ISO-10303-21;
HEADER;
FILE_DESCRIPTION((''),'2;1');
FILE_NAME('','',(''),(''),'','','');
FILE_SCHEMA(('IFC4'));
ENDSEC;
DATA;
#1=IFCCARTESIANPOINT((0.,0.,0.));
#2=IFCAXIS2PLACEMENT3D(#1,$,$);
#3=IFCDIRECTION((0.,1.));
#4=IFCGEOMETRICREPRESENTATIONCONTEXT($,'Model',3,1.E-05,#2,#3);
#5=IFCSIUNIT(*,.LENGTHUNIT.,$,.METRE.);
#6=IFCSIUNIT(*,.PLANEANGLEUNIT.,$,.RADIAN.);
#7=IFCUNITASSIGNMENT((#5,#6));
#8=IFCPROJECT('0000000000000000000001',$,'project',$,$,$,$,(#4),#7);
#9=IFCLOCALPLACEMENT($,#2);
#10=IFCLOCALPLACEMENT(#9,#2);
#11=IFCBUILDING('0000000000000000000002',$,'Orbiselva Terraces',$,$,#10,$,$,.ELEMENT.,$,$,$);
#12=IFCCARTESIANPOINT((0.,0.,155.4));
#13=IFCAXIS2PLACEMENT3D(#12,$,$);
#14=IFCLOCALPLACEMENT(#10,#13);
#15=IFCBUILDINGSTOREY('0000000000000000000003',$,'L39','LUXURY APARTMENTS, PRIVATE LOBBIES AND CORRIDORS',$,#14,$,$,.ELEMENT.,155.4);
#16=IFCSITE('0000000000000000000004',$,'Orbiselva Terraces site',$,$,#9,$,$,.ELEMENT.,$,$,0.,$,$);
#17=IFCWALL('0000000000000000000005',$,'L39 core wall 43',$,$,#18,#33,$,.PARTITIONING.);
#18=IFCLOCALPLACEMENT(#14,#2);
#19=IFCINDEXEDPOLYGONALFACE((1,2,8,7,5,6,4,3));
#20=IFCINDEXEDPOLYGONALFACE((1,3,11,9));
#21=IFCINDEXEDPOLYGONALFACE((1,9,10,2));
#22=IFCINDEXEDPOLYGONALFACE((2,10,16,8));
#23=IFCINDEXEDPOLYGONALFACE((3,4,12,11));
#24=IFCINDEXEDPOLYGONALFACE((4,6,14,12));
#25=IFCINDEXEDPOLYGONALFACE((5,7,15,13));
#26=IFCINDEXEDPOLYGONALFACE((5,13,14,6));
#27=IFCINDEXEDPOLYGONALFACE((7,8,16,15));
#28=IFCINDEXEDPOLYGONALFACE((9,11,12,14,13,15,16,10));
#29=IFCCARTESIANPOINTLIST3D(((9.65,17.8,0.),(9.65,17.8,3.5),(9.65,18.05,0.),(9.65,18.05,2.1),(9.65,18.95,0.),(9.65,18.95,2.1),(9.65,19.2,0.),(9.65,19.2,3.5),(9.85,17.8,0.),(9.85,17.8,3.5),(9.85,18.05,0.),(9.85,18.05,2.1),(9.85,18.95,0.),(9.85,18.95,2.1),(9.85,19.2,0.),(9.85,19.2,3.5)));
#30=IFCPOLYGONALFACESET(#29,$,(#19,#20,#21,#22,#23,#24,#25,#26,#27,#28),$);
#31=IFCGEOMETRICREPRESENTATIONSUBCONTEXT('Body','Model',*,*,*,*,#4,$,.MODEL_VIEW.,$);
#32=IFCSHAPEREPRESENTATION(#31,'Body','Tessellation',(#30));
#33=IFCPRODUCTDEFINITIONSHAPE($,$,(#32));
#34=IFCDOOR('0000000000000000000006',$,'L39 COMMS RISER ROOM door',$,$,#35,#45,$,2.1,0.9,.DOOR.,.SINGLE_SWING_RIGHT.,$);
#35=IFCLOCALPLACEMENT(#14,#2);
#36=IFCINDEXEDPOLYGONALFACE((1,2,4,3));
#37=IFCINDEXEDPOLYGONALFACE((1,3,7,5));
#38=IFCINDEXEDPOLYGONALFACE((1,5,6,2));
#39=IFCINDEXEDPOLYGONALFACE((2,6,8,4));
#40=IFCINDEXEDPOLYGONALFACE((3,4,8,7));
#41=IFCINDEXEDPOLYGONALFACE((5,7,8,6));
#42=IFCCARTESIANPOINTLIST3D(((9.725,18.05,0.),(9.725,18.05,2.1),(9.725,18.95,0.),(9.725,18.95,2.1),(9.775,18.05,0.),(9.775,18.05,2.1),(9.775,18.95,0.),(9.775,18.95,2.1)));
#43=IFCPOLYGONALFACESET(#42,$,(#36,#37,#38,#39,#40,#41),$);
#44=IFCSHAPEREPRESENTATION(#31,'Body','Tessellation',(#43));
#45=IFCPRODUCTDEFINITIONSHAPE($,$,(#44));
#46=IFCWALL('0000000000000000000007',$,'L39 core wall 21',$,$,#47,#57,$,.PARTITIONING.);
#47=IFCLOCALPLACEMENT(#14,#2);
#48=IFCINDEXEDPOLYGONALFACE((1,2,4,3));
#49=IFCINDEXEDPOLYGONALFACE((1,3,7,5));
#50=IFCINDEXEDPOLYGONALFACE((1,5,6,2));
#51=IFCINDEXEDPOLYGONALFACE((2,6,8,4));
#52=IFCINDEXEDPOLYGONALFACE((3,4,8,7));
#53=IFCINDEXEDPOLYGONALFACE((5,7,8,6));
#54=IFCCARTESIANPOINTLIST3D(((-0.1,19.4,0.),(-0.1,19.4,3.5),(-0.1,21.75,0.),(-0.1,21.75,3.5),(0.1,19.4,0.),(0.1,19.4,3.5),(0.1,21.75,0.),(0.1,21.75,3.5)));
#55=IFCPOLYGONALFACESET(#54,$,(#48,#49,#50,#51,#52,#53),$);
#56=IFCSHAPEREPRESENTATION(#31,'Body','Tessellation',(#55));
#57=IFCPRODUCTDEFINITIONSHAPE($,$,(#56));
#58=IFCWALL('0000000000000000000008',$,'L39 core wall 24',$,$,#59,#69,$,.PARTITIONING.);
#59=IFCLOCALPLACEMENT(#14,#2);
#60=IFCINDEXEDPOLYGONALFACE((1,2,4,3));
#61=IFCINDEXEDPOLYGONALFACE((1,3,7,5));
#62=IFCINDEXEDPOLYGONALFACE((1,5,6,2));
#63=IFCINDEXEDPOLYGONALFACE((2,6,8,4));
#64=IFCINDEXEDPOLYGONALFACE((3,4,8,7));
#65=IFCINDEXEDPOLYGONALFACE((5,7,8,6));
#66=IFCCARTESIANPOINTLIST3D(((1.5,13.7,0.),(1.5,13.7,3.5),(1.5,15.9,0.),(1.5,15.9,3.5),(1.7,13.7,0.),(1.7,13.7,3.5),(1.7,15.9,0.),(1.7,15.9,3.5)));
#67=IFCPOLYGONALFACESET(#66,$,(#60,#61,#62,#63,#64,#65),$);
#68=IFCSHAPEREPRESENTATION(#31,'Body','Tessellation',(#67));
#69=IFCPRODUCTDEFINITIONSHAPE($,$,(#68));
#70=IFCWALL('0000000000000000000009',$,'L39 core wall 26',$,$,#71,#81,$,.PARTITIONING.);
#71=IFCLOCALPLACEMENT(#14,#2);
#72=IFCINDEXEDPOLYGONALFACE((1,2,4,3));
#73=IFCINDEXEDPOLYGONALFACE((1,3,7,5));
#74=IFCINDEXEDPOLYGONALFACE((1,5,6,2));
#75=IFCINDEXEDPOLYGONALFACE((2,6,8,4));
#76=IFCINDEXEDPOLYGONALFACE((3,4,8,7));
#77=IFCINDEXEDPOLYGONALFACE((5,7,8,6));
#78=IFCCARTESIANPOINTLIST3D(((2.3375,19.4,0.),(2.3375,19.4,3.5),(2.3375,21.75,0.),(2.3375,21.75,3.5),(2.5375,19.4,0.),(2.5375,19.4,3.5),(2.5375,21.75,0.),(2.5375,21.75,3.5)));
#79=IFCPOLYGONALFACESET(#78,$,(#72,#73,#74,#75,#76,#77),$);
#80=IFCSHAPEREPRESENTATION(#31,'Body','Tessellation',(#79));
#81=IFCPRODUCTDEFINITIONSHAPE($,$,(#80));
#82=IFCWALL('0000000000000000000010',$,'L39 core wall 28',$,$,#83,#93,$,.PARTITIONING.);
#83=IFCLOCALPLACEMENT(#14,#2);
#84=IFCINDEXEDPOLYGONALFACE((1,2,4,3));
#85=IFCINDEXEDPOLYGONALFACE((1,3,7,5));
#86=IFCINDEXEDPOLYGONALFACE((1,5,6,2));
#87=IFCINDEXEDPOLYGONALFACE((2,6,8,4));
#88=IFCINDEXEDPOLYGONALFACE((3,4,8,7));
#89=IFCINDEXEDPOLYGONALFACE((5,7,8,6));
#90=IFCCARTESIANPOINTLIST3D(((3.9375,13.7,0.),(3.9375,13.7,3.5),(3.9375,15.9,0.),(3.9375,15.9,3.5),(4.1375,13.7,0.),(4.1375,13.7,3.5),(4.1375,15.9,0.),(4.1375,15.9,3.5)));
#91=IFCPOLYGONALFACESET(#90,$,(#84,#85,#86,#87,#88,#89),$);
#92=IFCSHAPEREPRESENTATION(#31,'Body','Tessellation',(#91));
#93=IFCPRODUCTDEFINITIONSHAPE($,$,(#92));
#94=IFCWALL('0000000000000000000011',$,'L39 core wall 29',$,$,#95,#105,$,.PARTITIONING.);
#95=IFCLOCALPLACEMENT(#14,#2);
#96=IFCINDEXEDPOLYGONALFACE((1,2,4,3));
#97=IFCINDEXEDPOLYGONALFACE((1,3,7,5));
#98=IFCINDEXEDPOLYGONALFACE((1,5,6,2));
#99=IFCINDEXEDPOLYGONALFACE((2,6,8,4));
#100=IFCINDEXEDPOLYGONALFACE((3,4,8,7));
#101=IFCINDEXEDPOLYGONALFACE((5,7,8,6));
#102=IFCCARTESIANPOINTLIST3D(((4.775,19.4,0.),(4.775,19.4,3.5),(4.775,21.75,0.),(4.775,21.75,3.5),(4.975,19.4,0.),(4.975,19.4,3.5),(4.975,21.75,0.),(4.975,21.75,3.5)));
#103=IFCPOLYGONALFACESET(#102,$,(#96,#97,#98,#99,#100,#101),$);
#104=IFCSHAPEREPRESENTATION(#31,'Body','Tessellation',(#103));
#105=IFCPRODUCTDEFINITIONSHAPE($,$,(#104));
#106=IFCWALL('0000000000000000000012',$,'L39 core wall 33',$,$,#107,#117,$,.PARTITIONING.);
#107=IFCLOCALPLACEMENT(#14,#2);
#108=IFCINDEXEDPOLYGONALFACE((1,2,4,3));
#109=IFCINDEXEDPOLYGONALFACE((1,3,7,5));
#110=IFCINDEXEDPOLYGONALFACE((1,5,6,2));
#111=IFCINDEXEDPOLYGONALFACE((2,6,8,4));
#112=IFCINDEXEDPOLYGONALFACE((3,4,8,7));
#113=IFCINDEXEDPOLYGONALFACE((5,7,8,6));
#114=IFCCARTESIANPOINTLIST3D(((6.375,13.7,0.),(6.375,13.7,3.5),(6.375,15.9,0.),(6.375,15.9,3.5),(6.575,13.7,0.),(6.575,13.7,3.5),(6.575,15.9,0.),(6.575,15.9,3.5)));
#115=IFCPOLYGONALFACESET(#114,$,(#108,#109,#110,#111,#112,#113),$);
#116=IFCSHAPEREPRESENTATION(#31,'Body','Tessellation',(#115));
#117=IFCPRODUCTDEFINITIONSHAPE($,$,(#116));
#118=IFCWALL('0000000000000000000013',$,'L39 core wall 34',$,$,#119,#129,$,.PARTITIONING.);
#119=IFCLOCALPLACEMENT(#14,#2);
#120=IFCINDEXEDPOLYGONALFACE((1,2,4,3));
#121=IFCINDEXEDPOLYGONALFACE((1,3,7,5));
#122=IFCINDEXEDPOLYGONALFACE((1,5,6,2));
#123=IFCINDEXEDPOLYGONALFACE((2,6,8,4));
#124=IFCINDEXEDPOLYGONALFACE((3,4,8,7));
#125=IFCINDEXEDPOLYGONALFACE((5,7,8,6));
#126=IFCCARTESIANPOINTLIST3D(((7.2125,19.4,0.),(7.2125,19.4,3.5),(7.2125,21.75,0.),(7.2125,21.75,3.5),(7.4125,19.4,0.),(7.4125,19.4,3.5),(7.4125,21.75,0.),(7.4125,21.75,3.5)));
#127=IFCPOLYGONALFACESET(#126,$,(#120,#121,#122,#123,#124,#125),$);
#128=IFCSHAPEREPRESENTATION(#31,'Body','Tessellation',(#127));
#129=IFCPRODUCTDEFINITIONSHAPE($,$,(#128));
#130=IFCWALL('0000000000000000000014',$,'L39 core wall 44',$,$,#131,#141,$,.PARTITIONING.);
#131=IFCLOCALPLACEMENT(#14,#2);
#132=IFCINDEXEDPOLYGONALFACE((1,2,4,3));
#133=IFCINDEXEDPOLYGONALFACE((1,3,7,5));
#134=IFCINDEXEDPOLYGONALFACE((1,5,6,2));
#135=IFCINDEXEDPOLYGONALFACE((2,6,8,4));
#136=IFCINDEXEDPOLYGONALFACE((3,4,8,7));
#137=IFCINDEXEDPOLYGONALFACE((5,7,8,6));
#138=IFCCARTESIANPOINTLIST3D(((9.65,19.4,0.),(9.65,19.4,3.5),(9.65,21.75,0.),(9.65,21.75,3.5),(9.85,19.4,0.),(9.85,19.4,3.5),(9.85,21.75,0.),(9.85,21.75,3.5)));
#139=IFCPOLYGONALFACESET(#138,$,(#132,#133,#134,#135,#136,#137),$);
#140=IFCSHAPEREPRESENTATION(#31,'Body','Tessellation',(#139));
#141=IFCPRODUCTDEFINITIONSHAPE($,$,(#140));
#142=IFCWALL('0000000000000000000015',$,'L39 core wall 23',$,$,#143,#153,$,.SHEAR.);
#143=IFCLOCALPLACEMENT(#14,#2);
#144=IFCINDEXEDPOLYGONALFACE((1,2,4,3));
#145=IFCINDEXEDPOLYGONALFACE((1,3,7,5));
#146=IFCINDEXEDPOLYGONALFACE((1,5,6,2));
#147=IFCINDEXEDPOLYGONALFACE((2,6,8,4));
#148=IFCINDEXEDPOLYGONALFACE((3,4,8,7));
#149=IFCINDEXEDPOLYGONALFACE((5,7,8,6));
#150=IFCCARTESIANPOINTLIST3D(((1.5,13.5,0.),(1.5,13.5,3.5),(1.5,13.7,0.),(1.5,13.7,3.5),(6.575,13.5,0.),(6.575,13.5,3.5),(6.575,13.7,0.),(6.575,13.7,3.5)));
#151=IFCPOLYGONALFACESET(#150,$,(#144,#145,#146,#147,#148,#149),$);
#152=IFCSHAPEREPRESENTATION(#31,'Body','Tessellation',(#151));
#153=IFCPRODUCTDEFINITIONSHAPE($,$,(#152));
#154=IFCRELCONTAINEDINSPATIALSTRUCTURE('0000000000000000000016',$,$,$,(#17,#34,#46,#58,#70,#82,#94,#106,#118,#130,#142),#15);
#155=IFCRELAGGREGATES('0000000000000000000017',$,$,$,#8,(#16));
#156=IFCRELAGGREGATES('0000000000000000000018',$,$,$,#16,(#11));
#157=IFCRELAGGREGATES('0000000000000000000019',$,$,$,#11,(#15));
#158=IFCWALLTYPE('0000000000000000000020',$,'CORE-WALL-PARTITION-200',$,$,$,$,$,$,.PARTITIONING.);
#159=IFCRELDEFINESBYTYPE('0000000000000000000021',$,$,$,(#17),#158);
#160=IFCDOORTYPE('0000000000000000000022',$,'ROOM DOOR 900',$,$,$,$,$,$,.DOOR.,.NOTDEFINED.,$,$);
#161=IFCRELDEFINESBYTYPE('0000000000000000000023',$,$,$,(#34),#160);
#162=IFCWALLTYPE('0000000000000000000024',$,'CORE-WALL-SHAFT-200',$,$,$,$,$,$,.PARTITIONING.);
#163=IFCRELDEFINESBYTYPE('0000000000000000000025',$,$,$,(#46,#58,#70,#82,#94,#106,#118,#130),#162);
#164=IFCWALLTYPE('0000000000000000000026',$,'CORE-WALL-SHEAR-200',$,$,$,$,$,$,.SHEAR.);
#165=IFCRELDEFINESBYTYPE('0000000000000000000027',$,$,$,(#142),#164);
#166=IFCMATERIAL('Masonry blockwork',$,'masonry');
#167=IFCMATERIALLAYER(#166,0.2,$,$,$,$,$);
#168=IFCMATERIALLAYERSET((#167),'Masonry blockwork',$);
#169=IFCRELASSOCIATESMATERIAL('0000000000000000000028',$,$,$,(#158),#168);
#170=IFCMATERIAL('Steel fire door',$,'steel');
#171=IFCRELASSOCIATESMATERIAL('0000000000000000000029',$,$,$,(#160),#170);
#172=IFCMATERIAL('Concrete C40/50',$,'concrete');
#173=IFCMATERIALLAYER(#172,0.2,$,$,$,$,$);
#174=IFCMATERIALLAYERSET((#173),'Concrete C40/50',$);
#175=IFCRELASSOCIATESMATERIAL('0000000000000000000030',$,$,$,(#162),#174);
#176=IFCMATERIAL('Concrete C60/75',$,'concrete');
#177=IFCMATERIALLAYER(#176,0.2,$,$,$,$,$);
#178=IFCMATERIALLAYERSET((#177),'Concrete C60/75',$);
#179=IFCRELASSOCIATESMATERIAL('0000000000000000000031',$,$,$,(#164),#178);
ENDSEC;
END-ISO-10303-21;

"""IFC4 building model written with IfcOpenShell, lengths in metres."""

from ifc_helpers import new_model, si_unit, direction, frame, frame_2d, origin, place, context, subcontext, project, spatial, rectangle, extrude, material, layer, layer_set, type_object, element, fill, save


model = new_model("IFC4")

# Units and contexts
model_context = context("Model", 3, precision=1e-05, world=origin(), true_north=direction((0.0, 1.0)))
body_context = subcontext(model_context, "Body", "Model", "MODEL_VIEW")
ifc_project = project(units=[si_unit("LENGTHUNIT", "METRE"), si_unit("PLANEANGLEUNIT", "RADIAN")], contexts=[model_context])

# Site, building, storey
site_placement = place(None, origin())
site = spatial("IfcSite", under=ifc_project, at=site_placement, Name="Orbiselva Terraces site", CompositionType="ELEMENT", RefElevation=0.0)
building_placement = place(site_placement, origin())
building = spatial("IfcBuilding", under=site, at=building_placement, Name="Orbiselva Terraces", CompositionType="ELEMENT")
storey_placement = place(building_placement, frame((0.0, 0.0, 155.4)))
storey = spatial("IfcBuildingStorey", under=building, at=storey_placement, Name="L39", Description="LUXURY APARTMENTS, PRIVATE LOBBIES AND CORRIDORS", CompositionType="ELEMENT", Elevation=155.4)

# Wall, opening, door
ifc_material_1 = material(Name="Masonry blockwork", Category="masonry")
ifc_layer_1 = layer(ifc_material_1, 0.2)
ifc_layer_set_1 = layer_set([ifc_layer_1], Name="Masonry blockwork")
wall_type_1 = type_object("IfcWallType", Name="CORE-WALL-PARTITION-200", PredefinedType="PARTITIONING", material=ifc_layer_set_1)
wall_1_placement = place(storey_placement, frame((9.75, 19.2, 0.0), z_axis=(0.0, 0.0, 1.0), x_axis=(0.0, -1.0, 0.0)))
wall_1 = element("IfcWall", 1, at=wall_1_placement, inside=storey, type_object=wall_type_1, Name="L39 core wall 43", PredefinedType="PARTITIONING", context=body_context, shape_type="SweptSolid", body=[
    extrude(rectangle(XDim=1.4, YDim=0.2, at=frame_2d((0.7, 0.0))), origin(), (0.0, 0.0, 1.0), 3.5),
])
opening_1_placement = place(wall_1_placement, frame((0.25, 0.0, 0.0)))
opening_1 = element("IfcOpeningElement", 2, at=opening_1_placement, cuts=wall_1, PredefinedType="OPENING", context=body_context, shape_type="SweptSolid", body=[
    extrude(rectangle(XDim=0.9, YDim=2.1, at=frame_2d((0.45, 1.05))), frame((0.0, 0.11, 0.0), z_axis=(0.0, -1.0, 0.0), x_axis=(1.0, 0.0, 0.0)), (0.0, 0.0, 1.0), 0.22),
])
ifc_material_2 = material(Name="Steel fire door", Category="steel")
door_type_1 = type_object("IfcDoorType", Name="ROOM DOOR 900", OperationType="NOTDEFINED", PredefinedType="DOOR", material=ifc_material_2)
door_1_placement = place(opening_1_placement, origin())
door_1 = element("IfcDoor", 3, at=door_1_placement, inside=storey, type_object=door_type_1, Name="L39 COMMS RISER ROOM door", OperationType="SINGLE_SWING_RIGHT", OverallHeight=2.1, OverallWidth=0.9, PredefinedType="DOOR", context=body_context, shape_type="SweptSolid", body=[
    extrude(rectangle(XDim=0.9, YDim=2.1, at=frame_2d((0.45, 1.05))), frame((0.0, 0.025, 0.0), z_axis=(0.0, -1.0, 0.0), x_axis=(1.0, 0.0, 0.0)), (0.0, 0.0, 1.0), 0.05),
])
fill(opening_1, door_1)

# Walls
ifc_material_3 = material(Name="Concrete C40/50", Category="concrete")
ifc_layer_2 = layer(ifc_material_3, 0.2)
ifc_layer_set_2 = layer_set([ifc_layer_2], Name="Concrete C40/50")
wall_type_2 = type_object("IfcWallType", Name="CORE-WALL-SHAFT-200", PredefinedType="PARTITIONING", material=ifc_layer_set_2)
wall_2_placement = place(storey_placement, frame((0.0, 19.4, 0.0), z_axis=(0.0, 0.0, 1.0), x_axis=(0.0, 1.0, 0.0)))
element("IfcWall", 4, at=wall_2_placement, inside=storey, type_object=wall_type_2, Name="L39 core wall 21", PredefinedType="PARTITIONING", context=body_context, shape_type="SweptSolid", body=[
    extrude(rectangle(XDim=2.35, YDim=0.2, at=frame_2d((1.175, 0.0))), origin(), (0.0, 0.0, 1.0), 3.5),
])
wall_3_placement = place(storey_placement, frame((1.6, 13.7, 0.0), z_axis=(0.0, 0.0, 1.0), x_axis=(0.0, 1.0, 0.0)))
element("IfcWall", 5, at=wall_3_placement, inside=storey, type_object=wall_type_2, Name="L39 core wall 24", PredefinedType="PARTITIONING", context=body_context, shape_type="SweptSolid", body=[
    extrude(rectangle(XDim=2.2, YDim=0.2, at=frame_2d((1.1, 0.0))), origin(), (0.0, 0.0, 1.0), 3.5),
])
wall_4_placement = place(storey_placement, frame((2.4375, 19.4, 0.0), z_axis=(0.0, 0.0, 1.0), x_axis=(0.0, 1.0, 0.0)))
element("IfcWall", 6, at=wall_4_placement, inside=storey, type_object=wall_type_2, Name="L39 core wall 26", PredefinedType="PARTITIONING", context=body_context, shape_type="SweptSolid", body=[
    extrude(rectangle(XDim=2.35, YDim=0.2, at=frame_2d((1.175, 0.0))), origin(), (0.0, 0.0, 1.0), 3.5),
])
wall_5_placement = place(storey_placement, frame((4.0375, 13.7, 0.0), z_axis=(0.0, 0.0, 1.0), x_axis=(0.0, 1.0, 0.0)))
element("IfcWall", 7, at=wall_5_placement, inside=storey, type_object=wall_type_2, Name="L39 core wall 28", PredefinedType="PARTITIONING", context=body_context, shape_type="SweptSolid", body=[
    extrude(rectangle(XDim=2.2, YDim=0.2, at=frame_2d((1.1, 0.0))), origin(), (0.0, 0.0, 1.0), 3.5),
])
wall_6_placement = place(storey_placement, frame((4.875, 19.4, 0.0), z_axis=(0.0, 0.0, 1.0), x_axis=(0.0, 1.0, 0.0)))
element("IfcWall", 8, at=wall_6_placement, inside=storey, type_object=wall_type_2, Name="L39 core wall 29", PredefinedType="PARTITIONING", context=body_context, shape_type="SweptSolid", body=[
    extrude(rectangle(XDim=2.35, YDim=0.2, at=frame_2d((1.175, 0.0))), origin(), (0.0, 0.0, 1.0), 3.5),
])
wall_7_placement = place(storey_placement, frame((6.475, 13.7, 0.0), z_axis=(0.0, 0.0, 1.0), x_axis=(0.0, 1.0, 0.0)))
element("IfcWall", 9, at=wall_7_placement, inside=storey, type_object=wall_type_2, Name="L39 core wall 33", PredefinedType="PARTITIONING", context=body_context, shape_type="SweptSolid", body=[
    extrude(rectangle(XDim=2.2, YDim=0.2, at=frame_2d((1.1, 0.0))), origin(), (0.0, 0.0, 1.0), 3.5),
])
for number, where, z_axis, x_axis, name in (
    (10, (7.3125, 19.4, 0.0), (0.0, 0.0, 1.0), (0.0, 1.0, 0.0), "L39 core wall 34"),
    (11, (9.75, 19.4, 0.0), (0.0, 0.0, 1.0), (0.0, 1.0, 0.0), "L39 core wall 44"),
):
    element("IfcWall", number, at=place(storey_placement, frame(where, z_axis=z_axis, x_axis=x_axis)), inside=storey, type_object=wall_type_2, Name=name, PredefinedType="PARTITIONING", context=body_context, shape_type="SweptSolid", body=[
        extrude(rectangle(XDim=2.35, YDim=0.2, at=frame_2d((1.175, 0.0))), origin(), (0.0, 0.0, 1.0), 3.5),
    ])
ifc_material_4 = material(Name="Concrete C60/75", Category="concrete")
ifc_layer_3 = layer(ifc_material_4, 0.2)
ifc_layer_set_3 = layer_set([ifc_layer_3], Name="Concrete C60/75")
wall_type_3 = type_object("IfcWallType", Name="CORE-WALL-SHEAR-200", PredefinedType="SHEAR", material=ifc_layer_set_3)
wall_8_placement = place(storey_placement, frame((1.5, 13.6, 0.0), z_axis=(0.0, 0.0, 1.0), x_axis=(1.0, 0.0, 0.0)))
element("IfcWall", 12, at=wall_8_placement, inside=storey, type_object=wall_type_3, Name="L39 core wall 23", PredefinedType="SHEAR", context=body_context, shape_type="SweptSolid", body=[
    extrude(rectangle(XDim=5.075, YDim=0.2, at=frame_2d((2.5375, 0.0))), origin(), (0.0, 0.0, 1.0), 3.5),
])

save(model, "model.ifc")
